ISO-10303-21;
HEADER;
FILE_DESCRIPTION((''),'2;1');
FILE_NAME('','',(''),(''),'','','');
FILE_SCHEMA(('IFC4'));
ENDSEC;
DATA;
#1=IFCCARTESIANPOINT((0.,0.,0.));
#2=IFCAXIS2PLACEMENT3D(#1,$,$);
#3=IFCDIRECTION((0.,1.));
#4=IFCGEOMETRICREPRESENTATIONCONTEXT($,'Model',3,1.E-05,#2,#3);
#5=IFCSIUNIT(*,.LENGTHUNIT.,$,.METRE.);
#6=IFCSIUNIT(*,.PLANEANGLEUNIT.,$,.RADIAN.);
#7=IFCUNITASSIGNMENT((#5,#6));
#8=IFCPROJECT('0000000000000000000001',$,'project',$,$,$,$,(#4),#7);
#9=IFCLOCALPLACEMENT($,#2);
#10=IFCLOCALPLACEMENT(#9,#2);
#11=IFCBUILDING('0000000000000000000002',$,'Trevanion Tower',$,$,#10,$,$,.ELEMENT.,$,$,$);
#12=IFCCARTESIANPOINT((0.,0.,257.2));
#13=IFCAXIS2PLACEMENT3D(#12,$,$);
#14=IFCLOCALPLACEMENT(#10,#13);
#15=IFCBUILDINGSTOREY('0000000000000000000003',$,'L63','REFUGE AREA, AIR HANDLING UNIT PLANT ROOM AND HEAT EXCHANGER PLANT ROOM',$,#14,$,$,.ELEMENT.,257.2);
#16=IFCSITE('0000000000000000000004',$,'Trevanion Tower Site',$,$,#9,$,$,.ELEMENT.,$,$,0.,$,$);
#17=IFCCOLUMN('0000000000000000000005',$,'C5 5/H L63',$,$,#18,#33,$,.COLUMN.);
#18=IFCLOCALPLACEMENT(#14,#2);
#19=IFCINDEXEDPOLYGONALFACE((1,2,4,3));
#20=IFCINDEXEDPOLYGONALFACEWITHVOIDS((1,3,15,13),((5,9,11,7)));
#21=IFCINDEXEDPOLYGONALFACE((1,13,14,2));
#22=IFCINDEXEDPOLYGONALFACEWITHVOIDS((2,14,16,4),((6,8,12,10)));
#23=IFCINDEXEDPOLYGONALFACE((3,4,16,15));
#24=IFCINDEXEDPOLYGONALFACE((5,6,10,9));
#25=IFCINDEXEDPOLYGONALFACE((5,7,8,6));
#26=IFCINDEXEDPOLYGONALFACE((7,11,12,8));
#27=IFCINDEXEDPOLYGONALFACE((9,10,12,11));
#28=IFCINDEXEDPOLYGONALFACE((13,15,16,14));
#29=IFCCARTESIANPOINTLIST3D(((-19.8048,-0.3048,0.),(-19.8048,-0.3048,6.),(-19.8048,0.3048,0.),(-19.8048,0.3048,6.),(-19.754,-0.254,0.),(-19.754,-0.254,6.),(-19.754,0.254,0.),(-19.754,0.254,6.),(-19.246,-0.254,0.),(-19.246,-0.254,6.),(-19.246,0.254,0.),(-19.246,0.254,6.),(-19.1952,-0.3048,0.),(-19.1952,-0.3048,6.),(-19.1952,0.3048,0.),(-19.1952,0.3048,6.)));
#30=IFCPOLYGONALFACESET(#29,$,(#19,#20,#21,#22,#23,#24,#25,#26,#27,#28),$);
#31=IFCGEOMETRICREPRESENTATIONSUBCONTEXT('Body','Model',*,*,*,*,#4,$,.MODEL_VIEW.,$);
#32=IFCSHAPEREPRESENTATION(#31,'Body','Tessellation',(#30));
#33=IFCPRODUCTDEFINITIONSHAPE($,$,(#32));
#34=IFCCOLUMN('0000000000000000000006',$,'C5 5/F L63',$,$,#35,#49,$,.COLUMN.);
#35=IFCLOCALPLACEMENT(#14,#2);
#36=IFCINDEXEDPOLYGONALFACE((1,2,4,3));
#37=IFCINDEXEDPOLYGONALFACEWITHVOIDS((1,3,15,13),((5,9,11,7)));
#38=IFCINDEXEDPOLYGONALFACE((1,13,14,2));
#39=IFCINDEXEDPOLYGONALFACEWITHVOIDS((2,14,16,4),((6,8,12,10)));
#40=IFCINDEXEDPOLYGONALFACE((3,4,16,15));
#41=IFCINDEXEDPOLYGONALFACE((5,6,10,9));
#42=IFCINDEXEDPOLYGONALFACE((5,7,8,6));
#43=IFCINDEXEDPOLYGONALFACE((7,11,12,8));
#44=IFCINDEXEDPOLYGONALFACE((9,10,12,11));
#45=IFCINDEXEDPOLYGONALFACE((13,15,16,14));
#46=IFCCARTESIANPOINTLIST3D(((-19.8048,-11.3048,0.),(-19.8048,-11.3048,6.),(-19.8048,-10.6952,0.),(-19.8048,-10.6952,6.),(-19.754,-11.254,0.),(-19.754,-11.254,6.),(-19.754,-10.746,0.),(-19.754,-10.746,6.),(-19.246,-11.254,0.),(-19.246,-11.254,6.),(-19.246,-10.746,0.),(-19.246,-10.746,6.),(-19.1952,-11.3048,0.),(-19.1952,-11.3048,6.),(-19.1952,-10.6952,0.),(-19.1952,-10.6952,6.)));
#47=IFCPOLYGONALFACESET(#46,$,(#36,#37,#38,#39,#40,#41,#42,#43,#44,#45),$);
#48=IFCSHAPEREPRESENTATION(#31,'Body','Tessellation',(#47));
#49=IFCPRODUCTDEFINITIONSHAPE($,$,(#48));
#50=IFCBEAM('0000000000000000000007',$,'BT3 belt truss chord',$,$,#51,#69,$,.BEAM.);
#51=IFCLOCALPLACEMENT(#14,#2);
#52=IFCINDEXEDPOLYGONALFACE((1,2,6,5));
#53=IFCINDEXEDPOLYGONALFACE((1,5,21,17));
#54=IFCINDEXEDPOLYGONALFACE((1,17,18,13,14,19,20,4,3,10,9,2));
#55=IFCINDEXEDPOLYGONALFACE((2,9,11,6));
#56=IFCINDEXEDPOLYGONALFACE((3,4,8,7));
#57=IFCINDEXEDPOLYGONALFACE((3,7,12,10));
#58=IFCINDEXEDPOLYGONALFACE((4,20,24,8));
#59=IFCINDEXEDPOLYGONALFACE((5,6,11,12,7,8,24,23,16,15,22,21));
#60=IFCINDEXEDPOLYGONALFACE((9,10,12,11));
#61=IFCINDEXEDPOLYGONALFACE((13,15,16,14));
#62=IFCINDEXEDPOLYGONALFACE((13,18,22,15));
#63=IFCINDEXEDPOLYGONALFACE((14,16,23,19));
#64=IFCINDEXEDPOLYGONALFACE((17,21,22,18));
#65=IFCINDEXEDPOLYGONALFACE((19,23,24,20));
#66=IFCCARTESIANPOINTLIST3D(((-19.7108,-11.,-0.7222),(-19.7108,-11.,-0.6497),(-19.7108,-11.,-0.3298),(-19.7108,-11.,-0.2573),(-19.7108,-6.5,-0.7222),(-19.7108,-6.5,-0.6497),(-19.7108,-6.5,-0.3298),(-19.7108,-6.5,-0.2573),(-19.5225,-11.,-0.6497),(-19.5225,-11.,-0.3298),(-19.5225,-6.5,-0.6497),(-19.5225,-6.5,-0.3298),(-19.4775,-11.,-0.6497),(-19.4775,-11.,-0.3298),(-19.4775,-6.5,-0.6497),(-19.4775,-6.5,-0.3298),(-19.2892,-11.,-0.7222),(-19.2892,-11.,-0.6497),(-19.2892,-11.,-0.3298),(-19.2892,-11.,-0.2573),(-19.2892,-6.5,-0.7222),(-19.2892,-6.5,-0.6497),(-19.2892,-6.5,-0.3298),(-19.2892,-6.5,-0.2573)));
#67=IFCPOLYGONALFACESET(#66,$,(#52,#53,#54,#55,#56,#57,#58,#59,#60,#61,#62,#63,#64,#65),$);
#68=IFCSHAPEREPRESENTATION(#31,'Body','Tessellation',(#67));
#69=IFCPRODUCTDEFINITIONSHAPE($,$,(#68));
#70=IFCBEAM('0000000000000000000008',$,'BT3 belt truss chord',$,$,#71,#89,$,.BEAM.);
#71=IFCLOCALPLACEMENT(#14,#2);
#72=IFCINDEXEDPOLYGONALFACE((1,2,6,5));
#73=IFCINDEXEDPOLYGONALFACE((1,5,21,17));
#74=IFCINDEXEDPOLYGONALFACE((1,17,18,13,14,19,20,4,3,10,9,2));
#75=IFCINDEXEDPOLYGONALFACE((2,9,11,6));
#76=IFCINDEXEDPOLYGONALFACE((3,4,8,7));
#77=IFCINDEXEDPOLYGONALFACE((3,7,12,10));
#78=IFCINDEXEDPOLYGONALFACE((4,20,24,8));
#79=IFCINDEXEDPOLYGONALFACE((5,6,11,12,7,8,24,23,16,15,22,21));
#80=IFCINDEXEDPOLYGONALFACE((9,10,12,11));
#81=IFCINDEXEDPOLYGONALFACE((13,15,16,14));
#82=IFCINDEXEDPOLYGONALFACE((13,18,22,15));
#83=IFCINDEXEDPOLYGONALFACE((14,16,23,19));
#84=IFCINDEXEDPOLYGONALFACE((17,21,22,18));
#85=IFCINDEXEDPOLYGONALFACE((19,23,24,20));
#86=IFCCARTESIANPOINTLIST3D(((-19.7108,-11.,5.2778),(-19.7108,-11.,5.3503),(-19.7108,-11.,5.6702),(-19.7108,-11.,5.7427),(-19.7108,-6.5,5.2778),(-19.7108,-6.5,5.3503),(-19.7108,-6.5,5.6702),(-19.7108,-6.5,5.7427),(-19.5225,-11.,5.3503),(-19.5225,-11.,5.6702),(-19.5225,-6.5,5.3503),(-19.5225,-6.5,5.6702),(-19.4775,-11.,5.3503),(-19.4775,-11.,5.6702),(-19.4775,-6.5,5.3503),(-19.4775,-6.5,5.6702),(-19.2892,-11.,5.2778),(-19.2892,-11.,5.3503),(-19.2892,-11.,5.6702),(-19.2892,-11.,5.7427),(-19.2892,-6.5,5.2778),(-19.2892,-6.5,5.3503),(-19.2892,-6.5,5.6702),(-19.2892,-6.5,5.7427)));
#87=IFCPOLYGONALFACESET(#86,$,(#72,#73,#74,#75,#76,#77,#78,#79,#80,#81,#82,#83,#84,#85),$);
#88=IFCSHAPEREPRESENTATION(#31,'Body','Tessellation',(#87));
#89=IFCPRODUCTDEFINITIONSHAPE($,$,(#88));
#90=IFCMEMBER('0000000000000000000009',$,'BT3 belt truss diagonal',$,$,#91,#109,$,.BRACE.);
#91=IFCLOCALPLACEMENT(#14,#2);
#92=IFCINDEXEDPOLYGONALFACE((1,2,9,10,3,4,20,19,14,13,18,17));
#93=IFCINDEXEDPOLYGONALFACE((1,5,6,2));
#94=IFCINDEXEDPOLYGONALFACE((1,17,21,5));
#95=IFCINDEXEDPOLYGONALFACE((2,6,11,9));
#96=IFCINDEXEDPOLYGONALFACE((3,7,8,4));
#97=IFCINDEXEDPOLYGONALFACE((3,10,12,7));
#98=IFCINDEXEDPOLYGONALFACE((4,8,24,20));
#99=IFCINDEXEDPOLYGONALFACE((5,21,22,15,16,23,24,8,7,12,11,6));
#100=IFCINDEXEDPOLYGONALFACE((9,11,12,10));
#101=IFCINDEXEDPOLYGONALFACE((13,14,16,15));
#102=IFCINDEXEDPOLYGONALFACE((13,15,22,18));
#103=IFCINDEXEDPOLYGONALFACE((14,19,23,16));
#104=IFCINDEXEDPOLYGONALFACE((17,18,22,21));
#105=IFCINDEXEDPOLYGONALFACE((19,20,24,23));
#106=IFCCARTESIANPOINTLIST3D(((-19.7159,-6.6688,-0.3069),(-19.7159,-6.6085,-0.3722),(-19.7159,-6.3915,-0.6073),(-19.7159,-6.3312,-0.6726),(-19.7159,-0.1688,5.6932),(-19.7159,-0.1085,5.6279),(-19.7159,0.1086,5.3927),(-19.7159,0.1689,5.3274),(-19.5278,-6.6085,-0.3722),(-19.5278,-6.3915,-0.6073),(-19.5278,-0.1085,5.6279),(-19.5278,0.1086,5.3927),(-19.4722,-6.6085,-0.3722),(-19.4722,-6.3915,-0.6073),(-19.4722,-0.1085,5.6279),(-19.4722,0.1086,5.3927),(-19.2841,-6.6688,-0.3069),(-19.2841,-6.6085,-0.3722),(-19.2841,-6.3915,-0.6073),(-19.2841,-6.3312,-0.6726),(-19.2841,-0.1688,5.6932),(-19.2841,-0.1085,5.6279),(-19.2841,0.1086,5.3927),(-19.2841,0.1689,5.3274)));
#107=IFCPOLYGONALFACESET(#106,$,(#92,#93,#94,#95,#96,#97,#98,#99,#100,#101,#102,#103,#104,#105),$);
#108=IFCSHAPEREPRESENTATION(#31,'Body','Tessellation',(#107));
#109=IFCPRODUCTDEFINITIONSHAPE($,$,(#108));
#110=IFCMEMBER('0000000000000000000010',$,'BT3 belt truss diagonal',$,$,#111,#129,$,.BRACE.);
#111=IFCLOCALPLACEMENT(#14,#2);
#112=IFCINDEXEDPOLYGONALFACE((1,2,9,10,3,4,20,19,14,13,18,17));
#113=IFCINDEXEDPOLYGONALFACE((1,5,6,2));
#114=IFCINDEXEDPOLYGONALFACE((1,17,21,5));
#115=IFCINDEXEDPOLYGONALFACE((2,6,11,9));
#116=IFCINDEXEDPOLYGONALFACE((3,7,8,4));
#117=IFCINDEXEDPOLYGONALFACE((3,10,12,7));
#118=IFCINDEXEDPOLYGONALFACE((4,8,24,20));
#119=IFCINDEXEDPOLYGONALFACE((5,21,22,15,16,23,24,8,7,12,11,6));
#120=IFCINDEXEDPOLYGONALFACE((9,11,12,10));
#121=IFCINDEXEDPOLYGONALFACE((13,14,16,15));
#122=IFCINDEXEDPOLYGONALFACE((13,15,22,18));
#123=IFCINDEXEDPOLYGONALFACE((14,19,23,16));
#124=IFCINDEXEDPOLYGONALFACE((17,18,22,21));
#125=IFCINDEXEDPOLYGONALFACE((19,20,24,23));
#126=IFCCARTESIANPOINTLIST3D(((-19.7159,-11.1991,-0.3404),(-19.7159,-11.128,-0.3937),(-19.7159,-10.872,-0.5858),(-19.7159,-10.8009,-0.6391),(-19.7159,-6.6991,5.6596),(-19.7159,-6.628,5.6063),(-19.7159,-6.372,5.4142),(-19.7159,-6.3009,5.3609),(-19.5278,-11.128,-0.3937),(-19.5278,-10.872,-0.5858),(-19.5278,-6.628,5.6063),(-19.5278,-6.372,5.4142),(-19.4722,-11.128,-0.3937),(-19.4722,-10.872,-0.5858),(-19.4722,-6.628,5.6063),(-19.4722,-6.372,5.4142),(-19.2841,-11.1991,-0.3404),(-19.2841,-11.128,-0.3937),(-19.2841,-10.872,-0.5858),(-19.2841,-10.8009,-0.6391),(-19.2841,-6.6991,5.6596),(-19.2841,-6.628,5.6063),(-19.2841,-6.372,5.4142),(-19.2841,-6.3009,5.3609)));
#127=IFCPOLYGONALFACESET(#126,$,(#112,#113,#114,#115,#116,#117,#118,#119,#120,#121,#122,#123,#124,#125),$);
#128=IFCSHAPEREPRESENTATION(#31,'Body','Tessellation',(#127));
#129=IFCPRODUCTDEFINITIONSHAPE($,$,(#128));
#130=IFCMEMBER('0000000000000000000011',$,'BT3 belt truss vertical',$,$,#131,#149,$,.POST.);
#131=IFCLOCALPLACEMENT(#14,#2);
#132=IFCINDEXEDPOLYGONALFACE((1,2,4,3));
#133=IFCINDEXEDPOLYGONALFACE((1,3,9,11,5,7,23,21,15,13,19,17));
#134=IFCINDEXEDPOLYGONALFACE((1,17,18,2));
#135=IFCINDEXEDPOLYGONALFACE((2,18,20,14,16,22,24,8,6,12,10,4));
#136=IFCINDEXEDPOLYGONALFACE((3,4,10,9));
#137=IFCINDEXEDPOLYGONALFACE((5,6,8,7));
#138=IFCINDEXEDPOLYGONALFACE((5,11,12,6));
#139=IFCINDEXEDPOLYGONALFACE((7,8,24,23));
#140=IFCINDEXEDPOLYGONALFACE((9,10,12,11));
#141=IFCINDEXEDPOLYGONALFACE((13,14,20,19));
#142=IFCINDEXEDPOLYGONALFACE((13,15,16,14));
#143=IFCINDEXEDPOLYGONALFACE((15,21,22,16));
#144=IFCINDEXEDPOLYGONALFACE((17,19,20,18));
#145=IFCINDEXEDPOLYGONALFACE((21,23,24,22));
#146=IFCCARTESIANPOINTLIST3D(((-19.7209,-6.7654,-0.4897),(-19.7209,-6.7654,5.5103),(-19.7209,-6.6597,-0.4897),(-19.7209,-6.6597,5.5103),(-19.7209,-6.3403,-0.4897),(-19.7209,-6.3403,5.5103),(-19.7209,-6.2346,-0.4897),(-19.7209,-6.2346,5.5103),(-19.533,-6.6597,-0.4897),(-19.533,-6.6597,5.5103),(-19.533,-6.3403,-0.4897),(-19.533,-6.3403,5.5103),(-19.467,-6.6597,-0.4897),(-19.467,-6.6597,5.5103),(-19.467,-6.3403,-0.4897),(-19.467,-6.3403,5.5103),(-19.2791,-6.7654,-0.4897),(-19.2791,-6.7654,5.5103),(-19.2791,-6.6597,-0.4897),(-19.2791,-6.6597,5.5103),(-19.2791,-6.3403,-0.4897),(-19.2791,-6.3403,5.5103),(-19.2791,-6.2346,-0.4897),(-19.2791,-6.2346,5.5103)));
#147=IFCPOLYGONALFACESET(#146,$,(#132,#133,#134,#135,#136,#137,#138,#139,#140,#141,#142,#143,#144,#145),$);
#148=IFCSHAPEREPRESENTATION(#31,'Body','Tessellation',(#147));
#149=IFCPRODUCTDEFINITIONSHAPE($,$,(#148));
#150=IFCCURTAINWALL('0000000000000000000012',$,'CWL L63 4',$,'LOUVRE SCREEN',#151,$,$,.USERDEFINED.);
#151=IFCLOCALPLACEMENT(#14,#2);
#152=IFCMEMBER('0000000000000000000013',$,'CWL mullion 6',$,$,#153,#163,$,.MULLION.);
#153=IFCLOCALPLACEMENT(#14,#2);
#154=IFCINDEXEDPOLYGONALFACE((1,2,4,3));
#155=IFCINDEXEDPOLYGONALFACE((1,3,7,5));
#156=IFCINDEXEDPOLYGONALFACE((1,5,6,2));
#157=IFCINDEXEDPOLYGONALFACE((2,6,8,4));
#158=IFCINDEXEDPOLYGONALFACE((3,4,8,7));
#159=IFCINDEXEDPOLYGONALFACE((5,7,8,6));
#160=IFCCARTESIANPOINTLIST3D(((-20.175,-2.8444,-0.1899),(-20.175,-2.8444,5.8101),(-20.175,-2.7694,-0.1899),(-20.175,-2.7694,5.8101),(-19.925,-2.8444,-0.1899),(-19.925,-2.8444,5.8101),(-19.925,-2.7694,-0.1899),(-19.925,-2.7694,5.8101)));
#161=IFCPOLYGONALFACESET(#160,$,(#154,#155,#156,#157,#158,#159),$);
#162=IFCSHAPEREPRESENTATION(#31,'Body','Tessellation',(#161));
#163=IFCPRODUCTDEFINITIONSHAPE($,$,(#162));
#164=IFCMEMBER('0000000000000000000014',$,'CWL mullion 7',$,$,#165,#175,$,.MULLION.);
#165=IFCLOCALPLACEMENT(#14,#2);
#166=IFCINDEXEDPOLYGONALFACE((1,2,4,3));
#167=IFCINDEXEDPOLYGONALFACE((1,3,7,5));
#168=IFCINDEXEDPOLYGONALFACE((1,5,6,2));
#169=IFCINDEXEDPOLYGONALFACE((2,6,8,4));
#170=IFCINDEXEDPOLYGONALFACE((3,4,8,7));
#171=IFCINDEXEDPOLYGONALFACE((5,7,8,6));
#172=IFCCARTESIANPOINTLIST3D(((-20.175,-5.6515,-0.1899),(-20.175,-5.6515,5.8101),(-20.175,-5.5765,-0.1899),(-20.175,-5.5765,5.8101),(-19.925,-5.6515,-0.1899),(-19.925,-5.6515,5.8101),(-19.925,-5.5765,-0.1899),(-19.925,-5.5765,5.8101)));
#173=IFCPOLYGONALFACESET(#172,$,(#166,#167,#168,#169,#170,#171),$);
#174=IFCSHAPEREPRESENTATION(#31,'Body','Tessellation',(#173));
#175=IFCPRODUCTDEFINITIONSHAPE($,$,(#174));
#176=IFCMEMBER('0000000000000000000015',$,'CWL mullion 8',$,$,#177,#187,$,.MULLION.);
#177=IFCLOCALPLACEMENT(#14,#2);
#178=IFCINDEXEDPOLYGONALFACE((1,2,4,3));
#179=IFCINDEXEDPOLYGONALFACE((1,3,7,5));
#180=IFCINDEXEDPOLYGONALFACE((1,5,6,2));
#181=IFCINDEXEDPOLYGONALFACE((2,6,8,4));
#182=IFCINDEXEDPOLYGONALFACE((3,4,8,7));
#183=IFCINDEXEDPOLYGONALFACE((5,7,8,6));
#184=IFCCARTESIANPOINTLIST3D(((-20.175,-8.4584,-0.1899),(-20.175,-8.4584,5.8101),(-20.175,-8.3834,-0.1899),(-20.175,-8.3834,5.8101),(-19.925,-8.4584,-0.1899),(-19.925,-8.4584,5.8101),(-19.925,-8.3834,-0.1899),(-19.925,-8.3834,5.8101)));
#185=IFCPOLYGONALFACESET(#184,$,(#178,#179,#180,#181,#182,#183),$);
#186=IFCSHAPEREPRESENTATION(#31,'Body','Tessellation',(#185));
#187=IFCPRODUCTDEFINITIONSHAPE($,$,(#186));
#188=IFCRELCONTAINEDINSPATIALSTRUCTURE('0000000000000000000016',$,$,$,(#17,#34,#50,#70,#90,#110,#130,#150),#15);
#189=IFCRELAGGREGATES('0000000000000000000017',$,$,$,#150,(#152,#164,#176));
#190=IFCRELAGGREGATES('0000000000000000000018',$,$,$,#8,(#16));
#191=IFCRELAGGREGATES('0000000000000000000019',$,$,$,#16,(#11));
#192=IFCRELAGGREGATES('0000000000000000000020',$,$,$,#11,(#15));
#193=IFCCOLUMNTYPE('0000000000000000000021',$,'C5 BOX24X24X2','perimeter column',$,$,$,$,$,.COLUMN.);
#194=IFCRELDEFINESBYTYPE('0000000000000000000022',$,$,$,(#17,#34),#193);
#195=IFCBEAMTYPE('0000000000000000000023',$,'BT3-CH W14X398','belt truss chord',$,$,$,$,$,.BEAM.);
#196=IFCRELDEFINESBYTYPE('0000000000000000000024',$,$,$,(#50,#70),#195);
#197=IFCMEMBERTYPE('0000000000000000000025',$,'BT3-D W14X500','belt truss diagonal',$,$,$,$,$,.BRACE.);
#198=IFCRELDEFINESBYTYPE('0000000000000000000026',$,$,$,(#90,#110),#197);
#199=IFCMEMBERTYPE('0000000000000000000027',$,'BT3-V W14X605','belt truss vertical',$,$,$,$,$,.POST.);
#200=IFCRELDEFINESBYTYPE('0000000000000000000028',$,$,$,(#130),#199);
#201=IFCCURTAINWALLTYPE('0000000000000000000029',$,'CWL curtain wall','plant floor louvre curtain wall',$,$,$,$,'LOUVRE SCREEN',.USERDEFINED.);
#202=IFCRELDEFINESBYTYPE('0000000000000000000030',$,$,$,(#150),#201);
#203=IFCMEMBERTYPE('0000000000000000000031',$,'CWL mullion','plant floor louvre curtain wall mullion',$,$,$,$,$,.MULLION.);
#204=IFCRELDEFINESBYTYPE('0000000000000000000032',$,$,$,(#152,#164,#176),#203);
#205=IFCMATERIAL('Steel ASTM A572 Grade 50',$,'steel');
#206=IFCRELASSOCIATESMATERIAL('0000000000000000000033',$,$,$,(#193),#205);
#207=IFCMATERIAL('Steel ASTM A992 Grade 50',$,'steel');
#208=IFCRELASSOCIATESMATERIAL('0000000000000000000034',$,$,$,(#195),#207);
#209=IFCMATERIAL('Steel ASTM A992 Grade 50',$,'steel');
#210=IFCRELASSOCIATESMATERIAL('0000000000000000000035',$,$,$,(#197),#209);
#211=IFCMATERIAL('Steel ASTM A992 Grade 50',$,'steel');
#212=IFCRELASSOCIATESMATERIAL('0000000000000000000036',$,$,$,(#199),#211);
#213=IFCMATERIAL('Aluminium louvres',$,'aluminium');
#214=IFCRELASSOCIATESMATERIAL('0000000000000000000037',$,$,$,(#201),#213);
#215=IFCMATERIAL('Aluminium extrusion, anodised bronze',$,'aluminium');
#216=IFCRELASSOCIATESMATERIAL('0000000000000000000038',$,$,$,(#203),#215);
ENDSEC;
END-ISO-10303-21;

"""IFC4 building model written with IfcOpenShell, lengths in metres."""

from ifc_helpers import new_model, si_unit, direction, frame, origin, origin_2d, place, context, subcontext, project, spatial, rectangle, hollow_rectangle, i_section, extrude, material, material_profile, profile_set, type_object, element, aggregate, save


model = new_model("IFC4")

# Units and contexts
model_context = context("Model", 3, precision=1e-05, world=origin(), true_north=direction((0.0, 1.0)))
body_context = subcontext(model_context, "Body", "Model", "MODEL_VIEW")
ifc_project = project(units=[si_unit("LENGTHUNIT", "METRE"), si_unit("PLANEANGLEUNIT", "RADIAN")], contexts=[model_context])

# Site, building, storey
site_placement = place(None, origin())
site = spatial("IfcSite", under=ifc_project, at=site_placement, Name="Trevanion Tower Site", CompositionType="ELEMENT", RefElevation=0.0)
building_placement = place(site_placement, origin())
building = spatial("IfcBuilding", under=site, at=building_placement, Name="Trevanion Tower", CompositionType="ELEMENT")
storey_placement = place(building_placement, frame((0.0, 0.0, 257.2)))
storey = spatial("IfcBuildingStorey", under=building, at=storey_placement, Name="L63", Description="REFUGE AREA, AIR HANDLING UNIT PLANT ROOM AND HEAT EXCHANGER PLANT ROOM", CompositionType="ELEMENT", Elevation=257.2)

# Columns
ifc_material_1 = material(Name="Steel ASTM A572 Grade 50", Category="steel")
ifc_material_profile_1 = material_profile(ifc_material_1, hollow_rectangle(XDim=0.6096, YDim=0.6096, WallThickness=0.0508, at=origin_2d()), Name="BOX24X24X2")
ifc_profile_set_1 = profile_set([ifc_material_profile_1], Name="Steel ASTM A572 Grade 50")
column_type = type_object("IfcColumnType", Name="C5 BOX24X24X2", Description="perimeter column", PredefinedType="COLUMN", material=ifc_profile_set_1)
for number, where, z_axis, x_axis, name in (
    (1, (-19.5, 0.0, 0.0), (0.0, 0.0, 1.0), (0.0, 1.0, 0.0), "C5 5/H L63"),
    (2, (-19.5, -11.0, 0.0), (0.0, 0.0, 1.0), (0.0, 1.0, 0.0), "C5 5/F L63"),
):
    element("IfcColumn", number, at=place(storey_placement, frame(where, z_axis=z_axis, x_axis=x_axis)), inside=storey, type_object=column_type, Name=name, PredefinedType="COLUMN", context=body_context, shape_type="SweptSolid", body=[
        extrude(hollow_rectangle(XDim=0.6096, YDim=0.6096, WallThickness=0.0508, at=origin_2d()), origin(), (0.0, 0.0, 1.0), 6.0),
    ])

# Beams
ifc_material_2 = material(Name="Steel ASTM A992 Grade 50", Category="steel")
ifc_material_profile_2 = material_profile(ifc_material_2, i_section(OverallWidth=0.4216, OverallDepth=0.4648, WebThickness=0.0449, FlangeThickness=0.0725, at=origin_2d()), Name="W14X398")
ifc_profile_set_2 = profile_set([ifc_material_profile_2], Name="Steel ASTM A992 Grade 50")
beam_type_1 = type_object("IfcBeamType", Name="BT3-CH W14X398", Description="belt truss chord", PredefinedType="BEAM", material=ifc_profile_set_2)
for number, where, z_axis, x_axis, name in (
    (3, (-19.5, -6.5, -0.4897), (0.0, -1.0, 0.0), (1.0, 0.0, 0.0), "BT3 belt truss chord"),
    (4, (-19.5, -6.5, 5.5103), (0.0, -1.0, 0.0), (1.0, 0.0, 0.0), "BT3 belt truss chord"),
):
    element("IfcBeam", number, at=place(storey_placement, frame(where, z_axis=z_axis, x_axis=x_axis)), inside=storey, type_object=beam_type_1, Name=name, PredefinedType="BEAM", context=body_context, shape_type="SweptSolid", body=[
        extrude(i_section(OverallWidth=0.4216, OverallDepth=0.4648, WebThickness=0.0449, FlangeThickness=0.0725, at=origin_2d()), origin(), (0.0, 0.0, 1.0), 4.5),
    ])

# Members
ifc_material_3 = material(Name="Steel ASTM A992 Grade 50", Category="steel")
ifc_material_profile_3 = material_profile(ifc_material_3, i_section(OverallWidth=0.4319, OverallDepth=0.4978, WebThickness=0.0557, FlangeThickness=0.0889, at=origin_2d()), Name="W14X500")
ifc_profile_set_3 = profile_set([ifc_material_profile_3], Name="Steel ASTM A992 Grade 50")
member_type_1 = type_object("IfcMemberType", Name="BT3-D W14X500", Description="belt truss diagonal", PredefinedType="BRACE", material=ifc_profile_set_3)
member_1_placement = place(storey_placement, frame((-19.5, -6.5, -0.4897), z_axis=(0.0, 0.734803, 0.67828), x_axis=(-1.0, 0.0, 0.0)))
element("IfcMember", 5, at=member_1_placement, inside=storey, type_object=member_type_1, Name="BT3 belt truss diagonal", PredefinedType="BRACE", context=body_context, shape_type="SweptSolid", body=[
    extrude(i_section(OverallWidth=0.4319, OverallDepth=0.4978, WebThickness=0.0557, FlangeThickness=0.0889, at=origin_2d()), origin(), (0.0, 0.0, 1.0), 8.8459),
])
member_2_placement = place(storey_placement, frame((-19.5, -11.0, -0.4897), z_axis=(0.0, 0.6, 0.8), x_axis=(-1.0, 0.0, 0.0)))
element("IfcMember", 6, at=member_2_placement, inside=storey, type_object=member_type_1, Name="BT3 belt truss diagonal", PredefinedType="BRACE", context=body_context, shape_type="SweptSolid", body=[
    extrude(i_section(OverallWidth=0.4319, OverallDepth=0.4978, WebThickness=0.0557, FlangeThickness=0.0889, at=origin_2d()), origin(), (0.0, 0.0, 1.0), 7.5),
])
ifc_material_4 = material(Name="Steel ASTM A992 Grade 50", Category="steel")
ifc_material_profile_4 = material_profile(ifc_material_4, i_section(OverallWidth=0.4419, OverallDepth=0.5308, WebThickness=0.0659, FlangeThickness=0.1057, at=origin_2d()), Name="W14X605")
ifc_profile_set_4 = profile_set([ifc_material_profile_4], Name="Steel ASTM A992 Grade 50")
member_type_2 = type_object("IfcMemberType", Name="BT3-V W14X605", Description="belt truss vertical", PredefinedType="POST", material=ifc_profile_set_4)
member_3_placement = place(storey_placement, frame((-19.5, -6.5, -0.4897), z_axis=(0.0, 0.0, 1.0), x_axis=(1.0, 0.0, 0.0)))
element("IfcMember", 7, at=member_3_placement, inside=storey, type_object=member_type_2, Name="BT3 belt truss vertical", PredefinedType="POST", context=body_context, shape_type="SweptSolid", body=[
    extrude(i_section(OverallWidth=0.4419, OverallDepth=0.5308, WebThickness=0.0659, FlangeThickness=0.1057, at=origin_2d()), origin(), (0.0, 0.0, 1.0), 6.0),
])

# Curtain wall, members
ifc_material_5 = material(Name="Aluminium louvres", Category="aluminium")
curtain_wall_type = type_object("IfcCurtainWallType", Name="CWL curtain wall", Description="plant floor louvre curtain wall", ElementType="LOUVRE SCREEN", PredefinedType="USERDEFINED", material=ifc_material_5)
curtain_wall_1_placement = place(storey_placement, origin())
curtain_wall_1 = element("IfcCurtainWall", 8, at=curtain_wall_1_placement, inside=storey, type_object=curtain_wall_type, Name="CWL L63 4", ObjectType="LOUVRE SCREEN", PredefinedType="USERDEFINED")
ifc_material_6 = material(Name="Aluminium extrusion, anodised bronze", Category="aluminium")
ifc_material_profile_5 = material_profile(ifc_material_6, rectangle(XDim=0.075, YDim=0.25, at=origin_2d()), Name="CWL mullion")
ifc_profile_set_5 = profile_set([ifc_material_profile_5], Name="Aluminium extrusion, anodised bronze")
member_type_3 = type_object("IfcMemberType", Name="CWL mullion", Description="plant floor louvre curtain wall mullion", PredefinedType="MULLION", material=ifc_profile_set_5)
member_4_placement = place(storey_placement, frame((-20.05, -2.8069, -0.1899), z_axis=(0.0, 0.0, 1.0), x_axis=(0.0, -1.0, 0.0)))
member_4 = element("IfcMember", 9, at=member_4_placement, type_object=member_type_3, Name="CWL mullion 6", PredefinedType="MULLION", context=body_context, shape_type="SweptSolid", body=[
    extrude(rectangle(XDim=0.075, YDim=0.25, at=origin_2d()), origin(), (0.0, 0.0, 1.0), 6.0),
])
member_5_placement = place(storey_placement, frame((-20.05, -5.614, -0.1899), z_axis=(0.0, 0.0, 1.0), x_axis=(0.0, -1.0, 0.0)))
member_5 = element("IfcMember", 10, at=member_5_placement, type_object=member_type_3, Name="CWL mullion 7", PredefinedType="MULLION", context=body_context, shape_type="SweptSolid", body=[
    extrude(rectangle(XDim=0.075, YDim=0.25, at=origin_2d()), origin(), (0.0, 0.0, 1.0), 6.0),
])
member_6_placement = place(storey_placement, frame((-20.05, -8.4209, -0.1899), z_axis=(0.0, 0.0, 1.0), x_axis=(0.0, -1.0, 0.0)))
member_6 = element("IfcMember", 11, at=member_6_placement, type_object=member_type_3, Name="CWL mullion 8", PredefinedType="MULLION", context=body_context, shape_type="SweptSolid", body=[
    extrude(rectangle(XDim=0.075, YDim=0.25, at=origin_2d()), origin(), (0.0, 0.0, 1.0), 6.0),
])

aggregate(curtain_wall_1, [member_4, member_5, member_6])

save(model, "model.ifc")
